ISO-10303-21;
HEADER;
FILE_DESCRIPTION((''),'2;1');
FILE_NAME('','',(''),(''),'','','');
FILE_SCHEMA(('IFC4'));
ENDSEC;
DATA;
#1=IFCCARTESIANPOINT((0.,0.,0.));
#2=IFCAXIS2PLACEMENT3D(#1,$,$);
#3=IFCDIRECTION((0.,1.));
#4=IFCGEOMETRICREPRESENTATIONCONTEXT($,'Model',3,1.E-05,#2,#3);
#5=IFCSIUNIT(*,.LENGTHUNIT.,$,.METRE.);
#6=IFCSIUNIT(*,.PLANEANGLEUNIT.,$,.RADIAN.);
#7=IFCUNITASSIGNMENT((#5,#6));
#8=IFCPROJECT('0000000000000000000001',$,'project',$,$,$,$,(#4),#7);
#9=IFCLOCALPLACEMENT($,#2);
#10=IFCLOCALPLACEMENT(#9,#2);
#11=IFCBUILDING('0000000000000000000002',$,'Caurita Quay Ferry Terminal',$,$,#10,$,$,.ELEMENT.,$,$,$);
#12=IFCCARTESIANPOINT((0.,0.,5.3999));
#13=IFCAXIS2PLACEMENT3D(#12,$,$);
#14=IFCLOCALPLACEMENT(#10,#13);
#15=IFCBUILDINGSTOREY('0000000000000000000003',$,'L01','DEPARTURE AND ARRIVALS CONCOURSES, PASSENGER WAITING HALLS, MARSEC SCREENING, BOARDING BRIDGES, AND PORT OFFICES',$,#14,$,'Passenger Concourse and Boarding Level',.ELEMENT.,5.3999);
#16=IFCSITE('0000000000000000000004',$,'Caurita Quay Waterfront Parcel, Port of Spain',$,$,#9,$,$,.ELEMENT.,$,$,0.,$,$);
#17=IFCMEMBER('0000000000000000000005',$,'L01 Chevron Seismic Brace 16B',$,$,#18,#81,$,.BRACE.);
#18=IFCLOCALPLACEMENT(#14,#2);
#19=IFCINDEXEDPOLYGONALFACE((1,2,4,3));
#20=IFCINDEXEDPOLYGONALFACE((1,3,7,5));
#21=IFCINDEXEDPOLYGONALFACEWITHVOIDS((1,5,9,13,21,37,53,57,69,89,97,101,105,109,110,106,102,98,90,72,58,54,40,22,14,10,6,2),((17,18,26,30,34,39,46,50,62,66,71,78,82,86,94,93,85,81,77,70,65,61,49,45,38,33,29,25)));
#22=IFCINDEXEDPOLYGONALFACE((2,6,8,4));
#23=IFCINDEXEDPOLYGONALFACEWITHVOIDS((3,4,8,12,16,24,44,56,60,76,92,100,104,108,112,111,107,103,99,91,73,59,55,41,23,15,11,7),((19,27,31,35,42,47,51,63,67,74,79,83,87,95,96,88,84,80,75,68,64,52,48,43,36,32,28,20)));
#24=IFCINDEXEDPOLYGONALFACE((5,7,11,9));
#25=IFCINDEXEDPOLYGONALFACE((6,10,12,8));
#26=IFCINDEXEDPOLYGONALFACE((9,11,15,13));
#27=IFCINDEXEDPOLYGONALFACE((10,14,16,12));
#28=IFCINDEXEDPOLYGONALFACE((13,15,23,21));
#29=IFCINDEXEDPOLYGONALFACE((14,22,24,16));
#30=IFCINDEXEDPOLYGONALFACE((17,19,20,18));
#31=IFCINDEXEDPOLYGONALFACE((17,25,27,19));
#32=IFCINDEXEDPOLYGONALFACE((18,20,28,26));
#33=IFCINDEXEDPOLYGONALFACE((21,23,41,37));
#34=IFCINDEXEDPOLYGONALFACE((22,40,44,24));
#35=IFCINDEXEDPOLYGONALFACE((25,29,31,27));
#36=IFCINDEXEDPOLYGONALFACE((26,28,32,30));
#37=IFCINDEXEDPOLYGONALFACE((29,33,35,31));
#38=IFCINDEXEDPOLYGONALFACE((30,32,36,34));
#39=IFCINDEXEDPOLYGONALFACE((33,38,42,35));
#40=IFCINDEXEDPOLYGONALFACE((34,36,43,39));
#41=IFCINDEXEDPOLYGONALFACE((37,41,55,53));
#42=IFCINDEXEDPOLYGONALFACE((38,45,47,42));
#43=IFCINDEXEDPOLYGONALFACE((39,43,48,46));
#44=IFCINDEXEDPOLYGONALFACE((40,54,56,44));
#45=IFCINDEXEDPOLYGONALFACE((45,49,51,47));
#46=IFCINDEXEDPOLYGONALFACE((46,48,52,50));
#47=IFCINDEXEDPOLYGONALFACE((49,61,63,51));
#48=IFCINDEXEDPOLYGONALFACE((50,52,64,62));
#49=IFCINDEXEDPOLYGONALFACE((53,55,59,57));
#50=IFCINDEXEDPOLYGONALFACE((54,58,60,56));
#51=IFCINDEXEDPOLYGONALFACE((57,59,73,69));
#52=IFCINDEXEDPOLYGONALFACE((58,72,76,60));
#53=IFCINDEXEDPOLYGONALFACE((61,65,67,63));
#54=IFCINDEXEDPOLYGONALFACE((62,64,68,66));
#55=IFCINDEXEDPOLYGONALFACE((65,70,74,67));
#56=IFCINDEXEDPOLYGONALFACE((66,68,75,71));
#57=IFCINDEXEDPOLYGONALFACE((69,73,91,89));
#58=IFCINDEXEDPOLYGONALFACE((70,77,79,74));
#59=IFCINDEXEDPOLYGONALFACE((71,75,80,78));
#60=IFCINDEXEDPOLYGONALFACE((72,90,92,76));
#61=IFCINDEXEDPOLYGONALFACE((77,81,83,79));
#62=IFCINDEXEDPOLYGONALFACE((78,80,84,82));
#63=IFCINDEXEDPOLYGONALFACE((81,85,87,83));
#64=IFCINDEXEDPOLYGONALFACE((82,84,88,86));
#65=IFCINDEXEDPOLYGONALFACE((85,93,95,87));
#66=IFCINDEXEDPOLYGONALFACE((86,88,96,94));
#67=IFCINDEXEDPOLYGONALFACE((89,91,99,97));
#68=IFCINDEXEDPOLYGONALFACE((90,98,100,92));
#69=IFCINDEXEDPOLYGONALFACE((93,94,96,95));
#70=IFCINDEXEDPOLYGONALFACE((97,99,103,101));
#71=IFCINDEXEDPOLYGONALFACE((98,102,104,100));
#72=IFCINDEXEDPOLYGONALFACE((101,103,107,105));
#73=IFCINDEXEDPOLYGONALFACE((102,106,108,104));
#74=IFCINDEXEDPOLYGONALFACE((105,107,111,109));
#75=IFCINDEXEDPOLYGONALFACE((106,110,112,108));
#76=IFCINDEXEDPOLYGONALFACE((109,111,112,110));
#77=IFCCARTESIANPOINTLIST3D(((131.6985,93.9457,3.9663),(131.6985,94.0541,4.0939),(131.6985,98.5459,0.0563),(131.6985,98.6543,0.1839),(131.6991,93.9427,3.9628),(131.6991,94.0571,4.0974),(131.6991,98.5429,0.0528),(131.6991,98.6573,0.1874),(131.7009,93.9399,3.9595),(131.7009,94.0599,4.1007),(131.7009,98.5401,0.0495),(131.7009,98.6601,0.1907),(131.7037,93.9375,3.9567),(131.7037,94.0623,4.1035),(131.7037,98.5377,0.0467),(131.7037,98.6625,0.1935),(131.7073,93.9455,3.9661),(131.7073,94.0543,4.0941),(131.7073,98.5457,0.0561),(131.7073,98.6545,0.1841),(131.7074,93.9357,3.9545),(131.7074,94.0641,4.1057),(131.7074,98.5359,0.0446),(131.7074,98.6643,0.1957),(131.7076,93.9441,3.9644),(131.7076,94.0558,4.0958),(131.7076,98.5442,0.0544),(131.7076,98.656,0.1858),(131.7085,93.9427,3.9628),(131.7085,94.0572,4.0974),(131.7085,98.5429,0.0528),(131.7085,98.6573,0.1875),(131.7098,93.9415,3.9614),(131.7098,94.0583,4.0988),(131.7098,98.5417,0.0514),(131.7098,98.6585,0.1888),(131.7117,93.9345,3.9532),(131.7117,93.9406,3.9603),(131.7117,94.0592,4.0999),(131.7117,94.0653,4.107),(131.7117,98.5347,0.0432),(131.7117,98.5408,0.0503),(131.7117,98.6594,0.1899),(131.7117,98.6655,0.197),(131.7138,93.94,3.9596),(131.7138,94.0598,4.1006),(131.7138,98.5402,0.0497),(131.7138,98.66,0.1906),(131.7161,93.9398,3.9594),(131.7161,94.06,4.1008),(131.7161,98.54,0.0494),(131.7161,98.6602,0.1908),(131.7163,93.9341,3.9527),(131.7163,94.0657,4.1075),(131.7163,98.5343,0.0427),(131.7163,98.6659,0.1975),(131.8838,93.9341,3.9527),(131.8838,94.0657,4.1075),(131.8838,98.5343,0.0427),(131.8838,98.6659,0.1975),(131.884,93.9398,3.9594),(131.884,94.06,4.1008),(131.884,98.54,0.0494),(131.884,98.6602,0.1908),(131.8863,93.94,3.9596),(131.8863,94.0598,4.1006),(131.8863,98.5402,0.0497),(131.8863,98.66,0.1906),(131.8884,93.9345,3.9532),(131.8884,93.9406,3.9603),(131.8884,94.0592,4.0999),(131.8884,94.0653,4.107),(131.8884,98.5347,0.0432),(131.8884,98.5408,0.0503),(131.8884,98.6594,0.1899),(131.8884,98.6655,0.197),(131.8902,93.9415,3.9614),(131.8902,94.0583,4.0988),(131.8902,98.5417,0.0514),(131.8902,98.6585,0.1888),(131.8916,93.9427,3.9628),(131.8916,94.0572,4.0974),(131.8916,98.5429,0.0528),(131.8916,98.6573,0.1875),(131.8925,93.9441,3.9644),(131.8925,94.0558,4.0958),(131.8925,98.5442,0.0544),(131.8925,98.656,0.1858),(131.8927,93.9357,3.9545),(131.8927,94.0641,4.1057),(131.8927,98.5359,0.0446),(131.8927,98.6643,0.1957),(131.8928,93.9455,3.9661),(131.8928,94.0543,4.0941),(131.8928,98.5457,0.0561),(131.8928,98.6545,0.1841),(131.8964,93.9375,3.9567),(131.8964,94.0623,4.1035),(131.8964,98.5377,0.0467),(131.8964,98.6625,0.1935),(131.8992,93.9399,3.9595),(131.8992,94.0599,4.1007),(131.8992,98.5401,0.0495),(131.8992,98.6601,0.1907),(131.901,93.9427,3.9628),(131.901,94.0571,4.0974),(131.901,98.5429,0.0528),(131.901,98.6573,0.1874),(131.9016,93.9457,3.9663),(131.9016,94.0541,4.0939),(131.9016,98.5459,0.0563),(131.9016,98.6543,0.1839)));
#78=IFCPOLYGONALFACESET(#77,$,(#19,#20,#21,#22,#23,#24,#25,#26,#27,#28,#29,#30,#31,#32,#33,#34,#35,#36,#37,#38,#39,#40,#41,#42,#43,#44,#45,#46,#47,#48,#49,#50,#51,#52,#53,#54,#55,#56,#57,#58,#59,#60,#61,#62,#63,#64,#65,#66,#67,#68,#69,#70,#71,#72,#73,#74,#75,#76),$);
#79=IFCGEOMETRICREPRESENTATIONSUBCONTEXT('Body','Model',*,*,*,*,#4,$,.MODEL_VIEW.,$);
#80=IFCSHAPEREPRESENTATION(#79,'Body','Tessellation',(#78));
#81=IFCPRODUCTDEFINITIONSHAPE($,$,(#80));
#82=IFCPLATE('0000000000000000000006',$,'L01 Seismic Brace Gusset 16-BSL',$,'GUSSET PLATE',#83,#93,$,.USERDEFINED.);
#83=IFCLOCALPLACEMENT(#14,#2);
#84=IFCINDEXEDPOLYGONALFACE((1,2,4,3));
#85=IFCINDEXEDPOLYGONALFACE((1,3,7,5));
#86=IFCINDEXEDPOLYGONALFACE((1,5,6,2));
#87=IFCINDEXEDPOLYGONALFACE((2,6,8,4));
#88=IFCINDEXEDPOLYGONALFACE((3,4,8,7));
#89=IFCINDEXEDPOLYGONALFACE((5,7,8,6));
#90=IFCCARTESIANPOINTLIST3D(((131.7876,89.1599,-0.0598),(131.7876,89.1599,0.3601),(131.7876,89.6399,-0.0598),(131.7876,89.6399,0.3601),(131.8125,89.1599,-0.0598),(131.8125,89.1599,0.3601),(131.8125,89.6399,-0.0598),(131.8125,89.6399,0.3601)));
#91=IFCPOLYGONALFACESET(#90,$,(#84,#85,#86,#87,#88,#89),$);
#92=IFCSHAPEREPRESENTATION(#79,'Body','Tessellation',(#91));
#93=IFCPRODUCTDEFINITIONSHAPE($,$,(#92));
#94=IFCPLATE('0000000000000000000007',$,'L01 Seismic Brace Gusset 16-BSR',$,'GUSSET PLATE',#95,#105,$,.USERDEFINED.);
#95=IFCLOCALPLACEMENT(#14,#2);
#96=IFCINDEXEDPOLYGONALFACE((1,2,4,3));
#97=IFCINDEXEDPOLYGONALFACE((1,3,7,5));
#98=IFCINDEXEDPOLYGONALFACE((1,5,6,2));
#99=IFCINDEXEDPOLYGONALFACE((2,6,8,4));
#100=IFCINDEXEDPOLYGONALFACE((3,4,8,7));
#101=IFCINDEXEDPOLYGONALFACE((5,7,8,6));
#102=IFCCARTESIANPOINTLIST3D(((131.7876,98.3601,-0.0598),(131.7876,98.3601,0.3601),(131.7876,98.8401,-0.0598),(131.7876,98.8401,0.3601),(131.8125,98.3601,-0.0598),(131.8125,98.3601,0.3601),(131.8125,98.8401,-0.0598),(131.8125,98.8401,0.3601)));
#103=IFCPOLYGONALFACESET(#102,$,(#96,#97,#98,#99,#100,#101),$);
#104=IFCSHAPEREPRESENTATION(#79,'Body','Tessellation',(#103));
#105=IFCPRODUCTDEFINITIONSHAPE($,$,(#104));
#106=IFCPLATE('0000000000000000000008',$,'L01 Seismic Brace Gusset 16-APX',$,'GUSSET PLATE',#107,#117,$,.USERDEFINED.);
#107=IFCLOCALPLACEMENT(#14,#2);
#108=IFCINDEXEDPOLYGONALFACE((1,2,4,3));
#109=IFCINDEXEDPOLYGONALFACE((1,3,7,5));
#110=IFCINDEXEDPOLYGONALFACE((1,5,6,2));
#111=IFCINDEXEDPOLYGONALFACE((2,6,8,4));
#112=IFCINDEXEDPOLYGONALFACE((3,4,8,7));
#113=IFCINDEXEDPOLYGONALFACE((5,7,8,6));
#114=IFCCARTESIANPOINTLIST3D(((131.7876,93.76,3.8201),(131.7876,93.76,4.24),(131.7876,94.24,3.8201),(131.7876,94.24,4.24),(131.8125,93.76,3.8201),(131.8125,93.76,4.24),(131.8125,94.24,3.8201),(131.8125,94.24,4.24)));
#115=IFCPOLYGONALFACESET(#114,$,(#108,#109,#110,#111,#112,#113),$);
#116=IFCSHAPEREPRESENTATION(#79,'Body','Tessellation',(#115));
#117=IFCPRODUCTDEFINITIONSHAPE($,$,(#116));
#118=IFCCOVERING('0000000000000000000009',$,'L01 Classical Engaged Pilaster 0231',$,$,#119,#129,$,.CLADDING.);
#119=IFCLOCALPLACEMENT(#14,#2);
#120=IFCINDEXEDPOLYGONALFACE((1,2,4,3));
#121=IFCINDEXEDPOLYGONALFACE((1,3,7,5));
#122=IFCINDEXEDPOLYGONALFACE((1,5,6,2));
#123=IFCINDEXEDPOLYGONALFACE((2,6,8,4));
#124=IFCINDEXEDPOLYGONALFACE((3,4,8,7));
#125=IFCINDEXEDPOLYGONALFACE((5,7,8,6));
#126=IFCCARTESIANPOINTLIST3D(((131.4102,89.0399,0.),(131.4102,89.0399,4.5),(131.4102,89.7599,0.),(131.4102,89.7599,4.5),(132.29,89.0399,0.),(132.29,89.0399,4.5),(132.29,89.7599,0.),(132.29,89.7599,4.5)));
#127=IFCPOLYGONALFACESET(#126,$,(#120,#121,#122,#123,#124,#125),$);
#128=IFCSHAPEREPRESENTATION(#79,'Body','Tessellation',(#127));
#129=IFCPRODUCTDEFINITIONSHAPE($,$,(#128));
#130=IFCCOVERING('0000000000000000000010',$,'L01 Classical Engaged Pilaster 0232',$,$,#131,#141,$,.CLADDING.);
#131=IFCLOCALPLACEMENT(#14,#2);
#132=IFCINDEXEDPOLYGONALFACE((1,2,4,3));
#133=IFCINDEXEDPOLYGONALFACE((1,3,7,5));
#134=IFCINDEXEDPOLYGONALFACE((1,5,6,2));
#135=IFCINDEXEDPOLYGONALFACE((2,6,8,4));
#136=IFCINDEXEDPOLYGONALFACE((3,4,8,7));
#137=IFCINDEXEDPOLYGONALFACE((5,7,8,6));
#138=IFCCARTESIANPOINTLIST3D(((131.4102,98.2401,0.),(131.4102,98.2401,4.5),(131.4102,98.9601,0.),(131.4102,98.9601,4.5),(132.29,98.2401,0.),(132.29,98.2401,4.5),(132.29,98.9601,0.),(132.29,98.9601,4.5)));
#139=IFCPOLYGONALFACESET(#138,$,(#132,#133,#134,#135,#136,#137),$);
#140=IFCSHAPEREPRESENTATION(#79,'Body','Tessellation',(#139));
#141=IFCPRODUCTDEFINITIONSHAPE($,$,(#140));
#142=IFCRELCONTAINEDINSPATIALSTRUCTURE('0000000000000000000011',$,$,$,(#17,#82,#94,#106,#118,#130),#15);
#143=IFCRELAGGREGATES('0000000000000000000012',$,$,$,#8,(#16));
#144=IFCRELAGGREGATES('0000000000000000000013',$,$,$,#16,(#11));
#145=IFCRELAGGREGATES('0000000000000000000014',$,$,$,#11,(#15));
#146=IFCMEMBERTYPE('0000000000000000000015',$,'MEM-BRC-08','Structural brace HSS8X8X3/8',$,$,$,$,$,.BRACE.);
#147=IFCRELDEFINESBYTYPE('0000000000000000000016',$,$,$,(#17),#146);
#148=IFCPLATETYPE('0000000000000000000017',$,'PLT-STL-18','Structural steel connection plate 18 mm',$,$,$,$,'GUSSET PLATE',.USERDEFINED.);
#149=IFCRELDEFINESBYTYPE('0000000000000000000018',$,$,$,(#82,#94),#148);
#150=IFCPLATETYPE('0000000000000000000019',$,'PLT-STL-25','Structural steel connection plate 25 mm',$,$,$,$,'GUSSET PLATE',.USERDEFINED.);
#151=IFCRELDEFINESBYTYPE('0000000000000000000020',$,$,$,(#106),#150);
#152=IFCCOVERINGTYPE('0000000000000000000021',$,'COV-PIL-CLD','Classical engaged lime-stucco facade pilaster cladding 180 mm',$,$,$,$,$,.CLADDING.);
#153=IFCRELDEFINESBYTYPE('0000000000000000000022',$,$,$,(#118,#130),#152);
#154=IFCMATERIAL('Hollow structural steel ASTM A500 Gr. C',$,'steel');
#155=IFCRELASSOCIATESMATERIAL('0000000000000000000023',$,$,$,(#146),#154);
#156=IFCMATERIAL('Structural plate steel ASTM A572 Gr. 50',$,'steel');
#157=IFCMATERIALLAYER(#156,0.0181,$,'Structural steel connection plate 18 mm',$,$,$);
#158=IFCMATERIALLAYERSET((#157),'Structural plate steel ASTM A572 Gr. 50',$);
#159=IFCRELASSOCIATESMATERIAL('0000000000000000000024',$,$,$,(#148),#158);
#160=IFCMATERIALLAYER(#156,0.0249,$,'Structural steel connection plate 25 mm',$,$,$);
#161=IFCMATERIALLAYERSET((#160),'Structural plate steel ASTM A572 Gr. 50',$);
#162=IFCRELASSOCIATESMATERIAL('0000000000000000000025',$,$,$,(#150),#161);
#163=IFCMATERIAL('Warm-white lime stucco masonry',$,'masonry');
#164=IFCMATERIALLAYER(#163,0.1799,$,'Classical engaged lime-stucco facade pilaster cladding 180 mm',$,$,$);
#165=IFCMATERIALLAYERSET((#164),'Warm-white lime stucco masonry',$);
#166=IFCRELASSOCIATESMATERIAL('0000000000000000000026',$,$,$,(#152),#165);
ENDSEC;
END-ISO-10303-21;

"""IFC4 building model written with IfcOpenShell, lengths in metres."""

from ifc_helpers import new_model, si_unit, direction, frame, origin, origin_2d, place, context, subcontext, project, spatial, rectangle, hollow_rectangle, extrude, material, layer, layer_set, material_profile, profile_set, type_object, element, save


model = new_model("IFC4")

# Units and contexts
model_context = context("Model", 3, precision=1e-05, world=origin(), true_north=direction((0.0, 1.0)))
body_context = subcontext(model_context, "Body", "Model", "MODEL_VIEW")
ifc_project = project(units=[si_unit("LENGTHUNIT", "METRE"), si_unit("PLANEANGLEUNIT", "RADIAN")], contexts=[model_context])

# Site, building, storey
site_placement = place(None, origin())
site = spatial("IfcSite", under=ifc_project, at=site_placement, Name="Caurita Quay Waterfront Parcel, Port of Spain", CompositionType="ELEMENT", RefElevation=0.0)
building_placement = place(site_placement, origin())
building = spatial("IfcBuilding", under=site, at=building_placement, Name="Caurita Quay Ferry Terminal", CompositionType="ELEMENT")
storey_placement = place(building_placement, frame((0.0, 0.0, 5.3999)))
storey = spatial("IfcBuildingStorey", under=building, at=storey_placement, Name="L01", Description="DEPARTURE AND ARRIVALS CONCOURSES, PASSENGER WAITING HALLS, MARSEC SCREENING, BOARDING BRIDGES, AND PORT OFFICES", LongName="Passenger Concourse and Boarding Level", CompositionType="ELEMENT", Elevation=5.3999)

# Member
ifc_material_1 = material(Name="Hollow structural steel ASTM A500 Gr. C", Category="steel")
ifc_material_profile_1 = material_profile(ifc_material_1, hollow_rectangle(XDim=0.2031, YDim=0.2031, WallThickness=0.0088, InnerFilletRadius=0.0088, OuterFilletRadius=0.0178, at=origin_2d()), Name="HSS8X8X3/8")
ifc_profile_set_1 = profile_set([ifc_material_profile_1], Name="Hollow structural steel ASTM A500 Gr. C")
member_type = type_object("IfcMemberType", Name="MEM-BRC-08", Description="Structural brace HSS8X8X3/8", PredefinedType="BRACE", material=ifc_profile_set_1)
for number, where, z_axis, x_axis, name in (
    (1, (131.8, 98.6001, 0.1201), (0.0, -0.761953, 0.647632), (1.0, 0.0, 0.0), "L01 Chevron Seismic Brace 16B"),
):
    element("IfcMember", number, at=place(storey_placement, frame(where, z_axis=z_axis, x_axis=x_axis)), inside=storey, type_object=member_type, Name=name, PredefinedType="BRACE", context=body_context, shape_type="SweptSolid", body=[
        extrude(hollow_rectangle(XDim=0.2031, YDim=0.2031, WallThickness=0.0088, InnerFilletRadius=0.0088, OuterFilletRadius=0.0178, at=origin_2d()), origin(), (0.0, 0.0, 1.0), 6.0374),
    ])

# Plates
ifc_material_2 = material(Name="Structural plate steel ASTM A572 Gr. 50", Category="steel")
ifc_layer_1 = layer(ifc_material_2, 0.0181, Name="Structural steel connection plate 18 mm")
ifc_layer_set_1 = layer_set([ifc_layer_1], Name="Structural plate steel ASTM A572 Gr. 50")
plate_type_1 = type_object("IfcPlateType", Name="PLT-STL-18", Description="Structural steel connection plate 18 mm", ElementType="GUSSET PLATE", PredefinedType="USERDEFINED", material=ifc_layer_set_1)
for number, where, z_axis, x_axis, name in (
    (2, (131.8, 89.3999, -0.0598), (0.0, 0.0, 1.0), (0.0, 1.0, 0.0), "L01 Seismic Brace Gusset 16-BSL"),
    (3, (131.8, 98.6001, -0.0598), (0.0, 0.0, 1.0), (0.0, 1.0, 0.0), "L01 Seismic Brace Gusset 16-BSR"),
):
    element("IfcPlate", number, at=place(storey_placement, frame(where, z_axis=z_axis, x_axis=x_axis)), inside=storey, type_object=plate_type_1, Name=name, ObjectType="GUSSET PLATE", PredefinedType="USERDEFINED", context=body_context, shape_type="SweptSolid", body=[
        extrude(rectangle(XDim=0.48, YDim=0.0249, at=origin_2d()), origin(), (0.0, 0.0, 1.0), 0.4199),
    ])
ifc_layer_2 = layer(ifc_material_2, 0.0249, Name="Structural steel connection plate 25 mm")
ifc_layer_set_2 = layer_set([ifc_layer_2], Name="Structural plate steel ASTM A572 Gr. 50")
plate_type_2 = type_object("IfcPlateType", Name="PLT-STL-25", Description="Structural steel connection plate 25 mm", ElementType="GUSSET PLATE", PredefinedType="USERDEFINED", material=ifc_layer_set_2)
plate_placement = place(storey_placement, frame((131.8, 94.0, 3.8201), z_axis=(0.0, 0.0, 1.0), x_axis=(0.0, 1.0, 0.0)))
element("IfcPlate", 4, at=plate_placement, inside=storey, type_object=plate_type_2, Name="L01 Seismic Brace Gusset 16-APX", ObjectType="GUSSET PLATE", PredefinedType="USERDEFINED", context=body_context, shape_type="SweptSolid", body=[
    extrude(rectangle(XDim=0.48, YDim=0.0249, at=origin_2d()), origin(), (0.0, 0.0, 1.0), 0.4199),
])

# Coverings
ifc_material_3 = material(Name="Warm-white lime stucco masonry", Category="masonry")
ifc_layer_3 = layer(ifc_material_3, 0.1799, Name="Classical engaged lime-stucco facade pilaster cladding 180 mm")
ifc_layer_set_3 = layer_set([ifc_layer_3], Name="Warm-white lime stucco masonry")
covering_type = type_object("IfcCoveringType", Name="COV-PIL-CLD", Description="Classical engaged lime-stucco facade pilaster cladding 180 mm", PredefinedType="CLADDING", material=ifc_layer_set_3)
for number, where, z_axis, x_axis, name in (
    (5, (131.8501, 89.3999, 0.0), (0.0, 0.0, 1.0), (1.0, 0.0, 0.0), "L01 Classical Engaged Pilaster 0231"),
    (6, (131.8501, 98.6001, 0.0), (0.0, 0.0, 1.0), (1.0, 0.0, 0.0), "L01 Classical Engaged Pilaster 0232"),
):
    element("IfcCovering", number, at=place(storey_placement, frame(where, z_axis=z_axis, x_axis=x_axis)), inside=storey, type_object=covering_type, Name=name, PredefinedType="CLADDING", context=body_context, shape_type="SweptSolid", body=[
        extrude(rectangle(XDim=0.8799, YDim=0.72, at=origin_2d()), origin(), (0.0, 0.0, 1.0), 4.5),
    ])

save(model, "model.ifc")
